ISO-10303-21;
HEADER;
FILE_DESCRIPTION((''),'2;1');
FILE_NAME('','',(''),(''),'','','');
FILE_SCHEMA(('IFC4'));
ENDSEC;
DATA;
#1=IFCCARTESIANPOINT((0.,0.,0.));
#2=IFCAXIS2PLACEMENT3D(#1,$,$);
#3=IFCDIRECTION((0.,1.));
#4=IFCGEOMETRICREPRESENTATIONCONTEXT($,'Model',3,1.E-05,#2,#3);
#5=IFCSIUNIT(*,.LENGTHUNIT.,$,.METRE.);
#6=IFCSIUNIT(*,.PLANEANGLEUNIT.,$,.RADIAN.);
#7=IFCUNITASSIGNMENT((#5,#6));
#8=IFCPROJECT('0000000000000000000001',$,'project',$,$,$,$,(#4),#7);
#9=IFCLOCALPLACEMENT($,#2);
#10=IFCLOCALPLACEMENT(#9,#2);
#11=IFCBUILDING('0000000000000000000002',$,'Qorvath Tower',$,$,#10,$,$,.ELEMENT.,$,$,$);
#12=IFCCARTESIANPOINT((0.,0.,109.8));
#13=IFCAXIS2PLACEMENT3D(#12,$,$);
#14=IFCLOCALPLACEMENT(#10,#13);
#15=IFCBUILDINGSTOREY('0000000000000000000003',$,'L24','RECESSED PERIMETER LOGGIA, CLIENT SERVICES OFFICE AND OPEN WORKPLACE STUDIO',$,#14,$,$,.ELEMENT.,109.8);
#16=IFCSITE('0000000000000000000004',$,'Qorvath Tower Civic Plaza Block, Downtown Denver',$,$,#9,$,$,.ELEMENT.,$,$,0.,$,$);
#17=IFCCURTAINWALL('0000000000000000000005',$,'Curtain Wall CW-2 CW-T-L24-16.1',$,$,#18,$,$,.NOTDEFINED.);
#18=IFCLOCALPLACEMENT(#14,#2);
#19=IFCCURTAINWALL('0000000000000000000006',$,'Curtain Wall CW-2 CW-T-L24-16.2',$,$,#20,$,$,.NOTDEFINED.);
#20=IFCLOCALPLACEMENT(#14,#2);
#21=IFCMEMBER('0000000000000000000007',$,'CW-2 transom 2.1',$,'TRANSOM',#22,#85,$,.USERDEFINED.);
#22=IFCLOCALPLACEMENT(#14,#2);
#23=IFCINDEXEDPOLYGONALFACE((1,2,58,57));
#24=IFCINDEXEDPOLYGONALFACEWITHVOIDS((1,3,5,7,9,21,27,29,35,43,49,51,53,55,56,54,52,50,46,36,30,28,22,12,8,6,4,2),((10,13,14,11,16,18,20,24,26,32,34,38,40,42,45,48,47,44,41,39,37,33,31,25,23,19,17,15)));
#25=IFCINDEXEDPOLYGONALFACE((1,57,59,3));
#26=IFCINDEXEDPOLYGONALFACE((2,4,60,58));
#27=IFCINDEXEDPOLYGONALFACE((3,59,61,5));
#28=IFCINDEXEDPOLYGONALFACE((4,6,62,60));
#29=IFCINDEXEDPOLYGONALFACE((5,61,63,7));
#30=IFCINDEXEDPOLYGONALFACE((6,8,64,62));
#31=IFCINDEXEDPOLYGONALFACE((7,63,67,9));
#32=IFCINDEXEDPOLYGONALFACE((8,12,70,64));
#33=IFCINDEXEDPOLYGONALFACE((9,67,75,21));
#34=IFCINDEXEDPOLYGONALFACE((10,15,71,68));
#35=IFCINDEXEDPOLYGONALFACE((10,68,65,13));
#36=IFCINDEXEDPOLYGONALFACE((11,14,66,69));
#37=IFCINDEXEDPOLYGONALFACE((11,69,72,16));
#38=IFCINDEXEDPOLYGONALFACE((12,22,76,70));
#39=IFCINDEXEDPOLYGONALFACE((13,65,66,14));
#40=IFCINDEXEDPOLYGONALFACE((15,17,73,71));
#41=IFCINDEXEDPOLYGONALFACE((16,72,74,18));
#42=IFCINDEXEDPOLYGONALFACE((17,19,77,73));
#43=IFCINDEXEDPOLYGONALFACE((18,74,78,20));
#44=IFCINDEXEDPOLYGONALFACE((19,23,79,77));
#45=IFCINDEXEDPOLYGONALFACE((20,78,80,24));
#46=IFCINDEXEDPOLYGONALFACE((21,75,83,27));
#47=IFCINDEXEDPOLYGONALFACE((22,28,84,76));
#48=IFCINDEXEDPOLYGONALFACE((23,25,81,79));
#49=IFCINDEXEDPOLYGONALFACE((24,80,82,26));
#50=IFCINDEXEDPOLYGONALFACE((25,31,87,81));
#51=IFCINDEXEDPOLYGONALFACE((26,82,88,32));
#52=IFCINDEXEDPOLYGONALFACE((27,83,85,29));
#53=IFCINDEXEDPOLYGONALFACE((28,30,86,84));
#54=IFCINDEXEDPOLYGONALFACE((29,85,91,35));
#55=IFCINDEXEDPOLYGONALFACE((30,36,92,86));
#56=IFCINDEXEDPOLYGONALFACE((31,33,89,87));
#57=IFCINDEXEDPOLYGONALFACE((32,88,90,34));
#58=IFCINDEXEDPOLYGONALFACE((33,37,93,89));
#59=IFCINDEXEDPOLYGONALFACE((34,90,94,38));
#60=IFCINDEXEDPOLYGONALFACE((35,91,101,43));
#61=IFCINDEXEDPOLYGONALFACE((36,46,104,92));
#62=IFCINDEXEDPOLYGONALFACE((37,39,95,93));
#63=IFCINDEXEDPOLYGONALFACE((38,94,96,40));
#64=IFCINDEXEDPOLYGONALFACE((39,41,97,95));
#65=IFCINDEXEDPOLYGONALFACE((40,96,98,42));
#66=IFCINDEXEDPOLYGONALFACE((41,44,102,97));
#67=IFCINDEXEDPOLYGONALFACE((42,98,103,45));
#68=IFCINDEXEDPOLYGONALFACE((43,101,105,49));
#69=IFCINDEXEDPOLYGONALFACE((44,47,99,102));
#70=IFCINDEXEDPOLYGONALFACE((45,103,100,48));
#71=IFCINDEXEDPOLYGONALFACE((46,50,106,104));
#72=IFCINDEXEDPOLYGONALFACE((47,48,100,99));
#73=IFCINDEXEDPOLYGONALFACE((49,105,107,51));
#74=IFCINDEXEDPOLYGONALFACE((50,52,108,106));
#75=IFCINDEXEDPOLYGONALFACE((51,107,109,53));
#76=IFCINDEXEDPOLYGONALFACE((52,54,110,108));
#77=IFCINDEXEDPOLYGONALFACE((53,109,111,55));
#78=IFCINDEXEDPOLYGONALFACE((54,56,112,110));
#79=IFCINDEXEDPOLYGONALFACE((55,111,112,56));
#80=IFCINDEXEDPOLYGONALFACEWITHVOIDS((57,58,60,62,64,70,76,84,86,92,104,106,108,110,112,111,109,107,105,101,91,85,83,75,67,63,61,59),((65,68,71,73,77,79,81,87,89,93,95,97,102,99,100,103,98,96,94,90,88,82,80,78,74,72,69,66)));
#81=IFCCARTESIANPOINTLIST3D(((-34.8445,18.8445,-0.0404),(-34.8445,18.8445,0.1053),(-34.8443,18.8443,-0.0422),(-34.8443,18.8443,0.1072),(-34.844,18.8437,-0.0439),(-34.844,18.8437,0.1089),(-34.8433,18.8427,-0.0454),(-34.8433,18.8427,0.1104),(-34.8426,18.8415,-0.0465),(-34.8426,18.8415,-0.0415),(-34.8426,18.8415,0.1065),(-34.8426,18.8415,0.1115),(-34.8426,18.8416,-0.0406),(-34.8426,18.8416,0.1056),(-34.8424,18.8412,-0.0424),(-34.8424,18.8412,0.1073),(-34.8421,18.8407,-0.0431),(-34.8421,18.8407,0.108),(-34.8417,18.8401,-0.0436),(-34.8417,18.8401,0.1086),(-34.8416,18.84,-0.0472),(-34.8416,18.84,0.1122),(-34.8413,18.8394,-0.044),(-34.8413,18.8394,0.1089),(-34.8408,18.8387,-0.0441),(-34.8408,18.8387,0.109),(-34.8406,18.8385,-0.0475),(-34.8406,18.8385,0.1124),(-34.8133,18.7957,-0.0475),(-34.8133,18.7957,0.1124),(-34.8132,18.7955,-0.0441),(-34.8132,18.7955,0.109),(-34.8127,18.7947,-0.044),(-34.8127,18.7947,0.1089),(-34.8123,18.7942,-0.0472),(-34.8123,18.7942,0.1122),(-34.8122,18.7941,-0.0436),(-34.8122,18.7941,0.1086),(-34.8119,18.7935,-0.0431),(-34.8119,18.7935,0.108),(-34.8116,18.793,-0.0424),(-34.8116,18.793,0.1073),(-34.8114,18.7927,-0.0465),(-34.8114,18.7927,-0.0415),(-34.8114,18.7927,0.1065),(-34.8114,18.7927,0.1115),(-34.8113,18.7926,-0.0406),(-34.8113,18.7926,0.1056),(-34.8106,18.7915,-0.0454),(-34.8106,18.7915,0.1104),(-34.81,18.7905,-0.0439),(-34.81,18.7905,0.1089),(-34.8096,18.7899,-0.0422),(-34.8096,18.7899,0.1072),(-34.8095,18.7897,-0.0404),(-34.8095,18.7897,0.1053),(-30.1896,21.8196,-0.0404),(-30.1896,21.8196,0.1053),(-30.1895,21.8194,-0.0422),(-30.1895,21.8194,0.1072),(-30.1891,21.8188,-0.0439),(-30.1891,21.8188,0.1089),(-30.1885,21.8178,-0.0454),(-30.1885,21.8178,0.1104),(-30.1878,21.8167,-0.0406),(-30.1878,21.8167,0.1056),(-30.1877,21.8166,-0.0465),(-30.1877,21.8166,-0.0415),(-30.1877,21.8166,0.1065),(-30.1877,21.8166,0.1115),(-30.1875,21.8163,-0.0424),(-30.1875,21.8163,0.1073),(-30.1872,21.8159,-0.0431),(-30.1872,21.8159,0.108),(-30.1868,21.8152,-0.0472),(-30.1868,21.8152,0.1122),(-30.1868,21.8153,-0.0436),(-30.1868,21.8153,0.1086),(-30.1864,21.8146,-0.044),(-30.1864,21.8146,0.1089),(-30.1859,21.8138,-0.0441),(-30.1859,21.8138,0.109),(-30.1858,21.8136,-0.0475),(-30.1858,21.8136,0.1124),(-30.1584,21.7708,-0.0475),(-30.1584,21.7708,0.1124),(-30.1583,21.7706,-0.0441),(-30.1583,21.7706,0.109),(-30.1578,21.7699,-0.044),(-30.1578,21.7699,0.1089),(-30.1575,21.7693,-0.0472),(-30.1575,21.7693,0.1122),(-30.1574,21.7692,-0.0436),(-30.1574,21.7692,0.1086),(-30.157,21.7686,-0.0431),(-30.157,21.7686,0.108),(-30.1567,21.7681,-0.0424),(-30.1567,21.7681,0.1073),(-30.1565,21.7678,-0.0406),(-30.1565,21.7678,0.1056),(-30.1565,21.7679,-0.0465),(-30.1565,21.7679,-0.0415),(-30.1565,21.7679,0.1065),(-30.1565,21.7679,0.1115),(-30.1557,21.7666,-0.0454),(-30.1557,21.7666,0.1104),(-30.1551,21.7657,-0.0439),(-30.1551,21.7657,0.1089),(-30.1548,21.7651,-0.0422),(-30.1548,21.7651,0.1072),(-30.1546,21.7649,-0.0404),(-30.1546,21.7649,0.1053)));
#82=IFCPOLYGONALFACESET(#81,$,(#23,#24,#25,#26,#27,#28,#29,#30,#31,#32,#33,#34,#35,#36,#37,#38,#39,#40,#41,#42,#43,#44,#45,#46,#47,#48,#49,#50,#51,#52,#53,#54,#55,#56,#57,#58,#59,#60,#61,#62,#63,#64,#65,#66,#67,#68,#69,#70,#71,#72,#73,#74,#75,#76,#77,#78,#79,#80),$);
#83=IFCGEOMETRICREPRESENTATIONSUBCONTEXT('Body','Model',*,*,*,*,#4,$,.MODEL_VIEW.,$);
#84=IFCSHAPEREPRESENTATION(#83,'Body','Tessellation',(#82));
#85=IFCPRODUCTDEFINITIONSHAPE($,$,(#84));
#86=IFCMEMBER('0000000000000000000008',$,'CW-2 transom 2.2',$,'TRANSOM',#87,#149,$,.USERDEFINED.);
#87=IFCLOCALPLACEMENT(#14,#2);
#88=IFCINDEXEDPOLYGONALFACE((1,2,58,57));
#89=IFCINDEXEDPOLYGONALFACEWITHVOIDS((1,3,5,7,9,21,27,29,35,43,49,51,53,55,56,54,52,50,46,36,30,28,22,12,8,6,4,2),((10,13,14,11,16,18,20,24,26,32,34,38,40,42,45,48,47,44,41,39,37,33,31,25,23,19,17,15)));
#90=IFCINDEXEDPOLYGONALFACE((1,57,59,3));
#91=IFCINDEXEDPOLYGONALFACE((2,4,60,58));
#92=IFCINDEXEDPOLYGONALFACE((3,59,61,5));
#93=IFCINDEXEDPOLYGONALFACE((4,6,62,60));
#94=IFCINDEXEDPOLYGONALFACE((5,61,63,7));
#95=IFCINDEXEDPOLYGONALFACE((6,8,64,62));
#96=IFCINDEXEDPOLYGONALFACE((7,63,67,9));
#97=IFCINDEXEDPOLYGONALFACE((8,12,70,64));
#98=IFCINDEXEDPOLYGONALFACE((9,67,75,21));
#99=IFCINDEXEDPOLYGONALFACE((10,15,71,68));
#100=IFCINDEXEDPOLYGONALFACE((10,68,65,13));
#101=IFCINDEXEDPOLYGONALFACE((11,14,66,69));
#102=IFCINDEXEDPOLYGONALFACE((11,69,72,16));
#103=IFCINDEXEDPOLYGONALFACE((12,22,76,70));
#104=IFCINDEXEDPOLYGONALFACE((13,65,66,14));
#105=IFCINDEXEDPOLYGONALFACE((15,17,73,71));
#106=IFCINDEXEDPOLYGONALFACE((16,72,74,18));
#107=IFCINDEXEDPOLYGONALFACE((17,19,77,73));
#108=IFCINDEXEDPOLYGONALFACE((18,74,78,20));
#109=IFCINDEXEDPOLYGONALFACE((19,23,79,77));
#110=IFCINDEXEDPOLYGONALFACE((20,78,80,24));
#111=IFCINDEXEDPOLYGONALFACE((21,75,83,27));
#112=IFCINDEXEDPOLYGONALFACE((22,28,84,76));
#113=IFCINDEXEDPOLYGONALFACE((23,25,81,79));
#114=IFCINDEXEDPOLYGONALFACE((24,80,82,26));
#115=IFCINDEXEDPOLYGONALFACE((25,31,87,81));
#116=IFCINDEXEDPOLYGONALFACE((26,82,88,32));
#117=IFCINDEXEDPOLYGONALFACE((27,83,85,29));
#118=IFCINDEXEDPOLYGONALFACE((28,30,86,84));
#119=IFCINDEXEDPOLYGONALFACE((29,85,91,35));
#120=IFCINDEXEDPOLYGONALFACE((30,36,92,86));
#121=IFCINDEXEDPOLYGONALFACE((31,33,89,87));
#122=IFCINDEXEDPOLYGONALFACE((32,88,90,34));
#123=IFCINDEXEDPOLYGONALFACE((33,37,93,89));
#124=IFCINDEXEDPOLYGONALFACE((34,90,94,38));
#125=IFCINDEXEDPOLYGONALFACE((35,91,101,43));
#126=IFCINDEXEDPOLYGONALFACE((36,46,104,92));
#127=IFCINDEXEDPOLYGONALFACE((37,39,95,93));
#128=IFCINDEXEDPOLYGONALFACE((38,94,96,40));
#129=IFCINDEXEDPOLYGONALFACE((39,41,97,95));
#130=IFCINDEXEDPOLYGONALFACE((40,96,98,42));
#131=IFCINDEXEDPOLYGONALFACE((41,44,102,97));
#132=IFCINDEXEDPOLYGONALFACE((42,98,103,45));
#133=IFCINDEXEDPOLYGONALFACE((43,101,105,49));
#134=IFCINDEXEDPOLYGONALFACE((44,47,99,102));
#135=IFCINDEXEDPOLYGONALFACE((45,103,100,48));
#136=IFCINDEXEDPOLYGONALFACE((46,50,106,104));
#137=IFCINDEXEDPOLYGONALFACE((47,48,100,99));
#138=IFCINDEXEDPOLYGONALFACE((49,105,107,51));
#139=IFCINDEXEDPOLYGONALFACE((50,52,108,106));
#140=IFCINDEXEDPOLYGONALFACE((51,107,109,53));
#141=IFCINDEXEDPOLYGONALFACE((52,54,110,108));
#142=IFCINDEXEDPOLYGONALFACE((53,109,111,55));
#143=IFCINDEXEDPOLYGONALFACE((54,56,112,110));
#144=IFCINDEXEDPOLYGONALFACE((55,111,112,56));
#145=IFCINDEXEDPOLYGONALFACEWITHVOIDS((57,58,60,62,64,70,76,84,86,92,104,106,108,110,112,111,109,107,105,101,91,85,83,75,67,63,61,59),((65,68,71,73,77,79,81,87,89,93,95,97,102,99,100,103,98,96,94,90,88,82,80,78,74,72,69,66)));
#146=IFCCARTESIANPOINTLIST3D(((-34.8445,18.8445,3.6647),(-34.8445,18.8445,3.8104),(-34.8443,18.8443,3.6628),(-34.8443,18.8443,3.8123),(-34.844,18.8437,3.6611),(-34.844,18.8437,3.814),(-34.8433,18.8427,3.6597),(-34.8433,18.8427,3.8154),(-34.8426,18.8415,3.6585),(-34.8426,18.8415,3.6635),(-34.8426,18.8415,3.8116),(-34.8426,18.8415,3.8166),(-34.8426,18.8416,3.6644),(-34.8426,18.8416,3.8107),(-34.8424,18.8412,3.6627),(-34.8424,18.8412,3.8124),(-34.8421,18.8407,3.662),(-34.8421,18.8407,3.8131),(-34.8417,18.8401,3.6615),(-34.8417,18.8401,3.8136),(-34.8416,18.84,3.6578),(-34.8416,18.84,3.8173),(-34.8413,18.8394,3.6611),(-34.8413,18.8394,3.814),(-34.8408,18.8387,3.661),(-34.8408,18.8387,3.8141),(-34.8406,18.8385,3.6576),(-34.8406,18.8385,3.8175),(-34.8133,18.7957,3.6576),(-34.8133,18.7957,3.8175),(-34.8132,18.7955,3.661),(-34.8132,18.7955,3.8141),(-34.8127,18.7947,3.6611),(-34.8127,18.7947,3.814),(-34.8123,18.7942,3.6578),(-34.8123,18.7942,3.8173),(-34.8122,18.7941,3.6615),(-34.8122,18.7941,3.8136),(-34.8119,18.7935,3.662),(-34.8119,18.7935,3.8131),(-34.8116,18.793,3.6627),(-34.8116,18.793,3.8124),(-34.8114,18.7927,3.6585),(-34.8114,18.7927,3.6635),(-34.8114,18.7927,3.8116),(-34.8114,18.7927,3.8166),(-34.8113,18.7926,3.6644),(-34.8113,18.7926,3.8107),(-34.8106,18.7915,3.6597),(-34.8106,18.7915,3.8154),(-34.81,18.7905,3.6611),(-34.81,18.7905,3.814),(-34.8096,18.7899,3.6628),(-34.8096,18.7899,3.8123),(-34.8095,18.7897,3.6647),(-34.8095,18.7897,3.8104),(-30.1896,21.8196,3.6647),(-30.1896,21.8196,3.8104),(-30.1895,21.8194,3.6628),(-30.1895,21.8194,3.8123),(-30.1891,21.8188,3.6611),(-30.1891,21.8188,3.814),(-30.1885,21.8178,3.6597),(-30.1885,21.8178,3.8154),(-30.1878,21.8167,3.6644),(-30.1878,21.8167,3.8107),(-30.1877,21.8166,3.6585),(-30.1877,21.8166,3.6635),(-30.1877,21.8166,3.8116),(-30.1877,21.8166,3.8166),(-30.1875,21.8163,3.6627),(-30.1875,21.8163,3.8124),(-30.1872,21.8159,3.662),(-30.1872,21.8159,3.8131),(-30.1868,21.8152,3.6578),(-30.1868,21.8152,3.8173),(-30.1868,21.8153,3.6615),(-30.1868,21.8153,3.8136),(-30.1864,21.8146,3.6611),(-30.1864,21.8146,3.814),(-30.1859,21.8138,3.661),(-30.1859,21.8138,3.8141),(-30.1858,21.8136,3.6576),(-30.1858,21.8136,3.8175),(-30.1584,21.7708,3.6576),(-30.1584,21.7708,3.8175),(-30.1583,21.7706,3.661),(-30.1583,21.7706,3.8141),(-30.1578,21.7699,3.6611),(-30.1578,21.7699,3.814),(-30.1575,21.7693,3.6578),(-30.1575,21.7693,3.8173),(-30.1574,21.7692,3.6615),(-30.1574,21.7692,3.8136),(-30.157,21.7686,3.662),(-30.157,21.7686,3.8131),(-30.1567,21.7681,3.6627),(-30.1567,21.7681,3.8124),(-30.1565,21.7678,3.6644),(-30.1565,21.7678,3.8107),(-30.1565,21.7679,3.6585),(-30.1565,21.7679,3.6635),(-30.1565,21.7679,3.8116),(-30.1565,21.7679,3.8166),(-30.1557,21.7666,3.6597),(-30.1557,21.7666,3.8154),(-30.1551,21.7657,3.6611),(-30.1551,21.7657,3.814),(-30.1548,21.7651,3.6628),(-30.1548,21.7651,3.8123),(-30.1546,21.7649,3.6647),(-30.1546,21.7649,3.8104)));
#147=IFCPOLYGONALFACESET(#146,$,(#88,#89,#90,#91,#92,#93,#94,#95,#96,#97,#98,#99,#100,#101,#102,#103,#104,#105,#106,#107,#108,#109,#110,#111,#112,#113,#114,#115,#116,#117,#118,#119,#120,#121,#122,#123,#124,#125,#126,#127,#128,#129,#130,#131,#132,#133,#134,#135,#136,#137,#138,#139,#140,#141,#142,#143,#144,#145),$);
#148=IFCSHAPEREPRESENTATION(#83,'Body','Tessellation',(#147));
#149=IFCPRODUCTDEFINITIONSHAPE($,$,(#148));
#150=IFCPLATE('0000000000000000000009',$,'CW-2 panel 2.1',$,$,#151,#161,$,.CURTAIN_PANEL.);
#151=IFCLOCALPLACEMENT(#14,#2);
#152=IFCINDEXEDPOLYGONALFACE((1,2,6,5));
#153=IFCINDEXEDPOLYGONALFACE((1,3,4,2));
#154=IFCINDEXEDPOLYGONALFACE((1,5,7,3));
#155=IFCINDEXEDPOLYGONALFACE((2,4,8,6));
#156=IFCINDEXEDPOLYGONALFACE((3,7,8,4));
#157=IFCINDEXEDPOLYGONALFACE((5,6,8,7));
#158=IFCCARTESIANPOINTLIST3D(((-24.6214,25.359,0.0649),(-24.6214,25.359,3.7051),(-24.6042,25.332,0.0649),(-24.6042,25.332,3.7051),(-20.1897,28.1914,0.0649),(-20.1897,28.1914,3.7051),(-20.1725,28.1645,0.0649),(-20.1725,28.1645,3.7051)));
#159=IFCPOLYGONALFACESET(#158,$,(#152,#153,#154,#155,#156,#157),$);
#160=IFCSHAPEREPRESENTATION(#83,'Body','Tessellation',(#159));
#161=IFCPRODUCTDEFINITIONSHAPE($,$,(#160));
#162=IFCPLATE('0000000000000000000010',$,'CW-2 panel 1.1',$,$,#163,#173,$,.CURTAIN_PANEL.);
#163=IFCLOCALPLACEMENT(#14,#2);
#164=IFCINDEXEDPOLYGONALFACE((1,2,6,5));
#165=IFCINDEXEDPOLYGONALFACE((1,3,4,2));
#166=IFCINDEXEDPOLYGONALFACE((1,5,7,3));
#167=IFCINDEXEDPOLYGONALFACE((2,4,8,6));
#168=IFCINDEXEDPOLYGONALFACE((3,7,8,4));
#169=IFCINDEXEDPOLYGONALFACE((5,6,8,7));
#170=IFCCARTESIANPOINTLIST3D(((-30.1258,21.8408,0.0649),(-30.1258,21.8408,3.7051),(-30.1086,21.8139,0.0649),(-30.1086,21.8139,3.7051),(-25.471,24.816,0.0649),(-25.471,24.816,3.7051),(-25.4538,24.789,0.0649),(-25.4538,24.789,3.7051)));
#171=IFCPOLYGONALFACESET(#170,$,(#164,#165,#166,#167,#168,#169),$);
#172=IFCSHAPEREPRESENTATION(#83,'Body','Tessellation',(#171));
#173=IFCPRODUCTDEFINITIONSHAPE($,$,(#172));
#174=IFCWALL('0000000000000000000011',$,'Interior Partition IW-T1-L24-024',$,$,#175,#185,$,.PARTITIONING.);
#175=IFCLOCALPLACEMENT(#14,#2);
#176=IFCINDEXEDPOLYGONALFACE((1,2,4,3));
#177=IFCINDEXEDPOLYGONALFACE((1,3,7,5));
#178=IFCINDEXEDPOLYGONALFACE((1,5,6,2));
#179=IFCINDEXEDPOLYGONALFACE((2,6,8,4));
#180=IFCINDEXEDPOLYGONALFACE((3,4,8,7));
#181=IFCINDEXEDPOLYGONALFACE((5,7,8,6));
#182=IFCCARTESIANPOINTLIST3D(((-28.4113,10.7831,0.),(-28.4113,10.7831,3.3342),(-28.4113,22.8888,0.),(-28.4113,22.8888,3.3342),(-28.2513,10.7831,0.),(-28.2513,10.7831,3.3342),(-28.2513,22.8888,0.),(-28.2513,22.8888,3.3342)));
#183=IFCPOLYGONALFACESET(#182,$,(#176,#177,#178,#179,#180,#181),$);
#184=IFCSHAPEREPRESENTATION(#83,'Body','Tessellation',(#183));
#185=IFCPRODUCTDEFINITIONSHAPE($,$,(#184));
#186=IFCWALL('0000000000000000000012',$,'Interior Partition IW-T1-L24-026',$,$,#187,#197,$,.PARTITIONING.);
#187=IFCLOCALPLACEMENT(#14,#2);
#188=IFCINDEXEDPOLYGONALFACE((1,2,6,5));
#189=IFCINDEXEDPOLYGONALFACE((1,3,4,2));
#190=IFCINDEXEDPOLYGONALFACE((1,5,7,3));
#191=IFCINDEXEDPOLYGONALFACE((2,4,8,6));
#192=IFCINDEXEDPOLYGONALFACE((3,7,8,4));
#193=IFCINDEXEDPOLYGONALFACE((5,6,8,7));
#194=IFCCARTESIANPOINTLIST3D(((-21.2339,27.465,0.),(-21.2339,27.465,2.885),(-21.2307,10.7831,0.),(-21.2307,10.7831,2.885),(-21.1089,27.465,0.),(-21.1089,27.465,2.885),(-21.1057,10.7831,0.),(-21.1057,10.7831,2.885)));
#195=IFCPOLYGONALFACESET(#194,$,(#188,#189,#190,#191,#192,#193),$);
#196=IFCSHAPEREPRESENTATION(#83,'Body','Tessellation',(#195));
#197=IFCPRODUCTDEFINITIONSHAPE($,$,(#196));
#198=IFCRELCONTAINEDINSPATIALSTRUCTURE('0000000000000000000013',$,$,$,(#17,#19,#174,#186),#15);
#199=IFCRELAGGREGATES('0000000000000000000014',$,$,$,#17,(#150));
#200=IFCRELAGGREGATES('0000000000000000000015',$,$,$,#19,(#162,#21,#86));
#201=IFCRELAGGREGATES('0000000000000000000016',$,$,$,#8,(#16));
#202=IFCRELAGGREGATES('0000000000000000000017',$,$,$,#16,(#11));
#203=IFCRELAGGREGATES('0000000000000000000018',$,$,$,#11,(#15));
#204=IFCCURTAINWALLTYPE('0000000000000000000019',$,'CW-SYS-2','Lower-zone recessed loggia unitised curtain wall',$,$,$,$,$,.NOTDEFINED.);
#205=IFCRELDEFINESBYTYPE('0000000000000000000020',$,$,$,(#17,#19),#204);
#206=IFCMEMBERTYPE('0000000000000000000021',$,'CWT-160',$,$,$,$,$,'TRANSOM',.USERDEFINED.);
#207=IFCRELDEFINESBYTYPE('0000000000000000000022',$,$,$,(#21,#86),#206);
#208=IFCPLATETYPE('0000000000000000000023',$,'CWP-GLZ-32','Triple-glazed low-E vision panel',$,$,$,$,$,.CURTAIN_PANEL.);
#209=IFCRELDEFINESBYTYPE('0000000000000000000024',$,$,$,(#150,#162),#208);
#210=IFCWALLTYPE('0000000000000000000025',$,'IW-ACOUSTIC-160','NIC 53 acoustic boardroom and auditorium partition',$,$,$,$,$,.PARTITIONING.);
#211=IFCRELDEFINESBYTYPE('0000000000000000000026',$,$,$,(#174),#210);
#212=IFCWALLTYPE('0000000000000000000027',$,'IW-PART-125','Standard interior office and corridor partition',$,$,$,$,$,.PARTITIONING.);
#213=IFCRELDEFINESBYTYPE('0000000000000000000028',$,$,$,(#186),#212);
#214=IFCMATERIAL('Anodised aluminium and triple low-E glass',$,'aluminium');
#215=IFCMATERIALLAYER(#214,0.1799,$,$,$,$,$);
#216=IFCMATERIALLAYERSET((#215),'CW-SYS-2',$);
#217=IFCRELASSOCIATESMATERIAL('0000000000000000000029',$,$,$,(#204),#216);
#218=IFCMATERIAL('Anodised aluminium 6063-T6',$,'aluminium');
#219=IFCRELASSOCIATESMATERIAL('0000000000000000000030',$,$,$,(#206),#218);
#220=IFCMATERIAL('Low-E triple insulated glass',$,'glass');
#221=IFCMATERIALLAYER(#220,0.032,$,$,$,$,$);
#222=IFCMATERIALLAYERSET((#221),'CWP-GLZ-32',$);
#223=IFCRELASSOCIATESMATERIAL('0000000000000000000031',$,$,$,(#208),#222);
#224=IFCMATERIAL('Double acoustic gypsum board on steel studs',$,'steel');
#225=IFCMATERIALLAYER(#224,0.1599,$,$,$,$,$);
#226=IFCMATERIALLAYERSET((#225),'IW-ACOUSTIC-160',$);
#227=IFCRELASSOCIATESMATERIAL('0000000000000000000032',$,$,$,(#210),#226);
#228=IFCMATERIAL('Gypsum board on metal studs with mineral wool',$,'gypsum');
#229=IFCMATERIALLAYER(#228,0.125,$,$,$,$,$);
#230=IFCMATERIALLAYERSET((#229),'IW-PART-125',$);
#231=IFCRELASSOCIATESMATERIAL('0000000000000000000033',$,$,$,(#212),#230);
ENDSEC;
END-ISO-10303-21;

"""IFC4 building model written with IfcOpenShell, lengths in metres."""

from ifc_helpers import new_model, si_unit, direction, frame, frame_2d, origin, origin_2d, place, context, subcontext, project, spatial, rectangle, hollow_rectangle, extrude, material, layer, layer_set, material_profile, profile_set, type_object, element, aggregate, save


model = new_model("IFC4")

# Units and contexts
model_context = context("Model", 3, precision=1e-05, world=origin(), true_north=direction((0.0, 1.0)))
body_context = subcontext(model_context, "Body", "Model", "MODEL_VIEW")
ifc_project = project(units=[si_unit("LENGTHUNIT", "METRE"), si_unit("PLANEANGLEUNIT", "RADIAN")], contexts=[model_context])

# Site, building, storey
site_placement = place(None, origin())
site = spatial("IfcSite", under=ifc_project, at=site_placement, Name="Qorvath Tower Civic Plaza Block, Downtown Denver", CompositionType="ELEMENT", RefElevation=0.0)
building_placement = place(site_placement, origin())
building = spatial("IfcBuilding", under=site, at=building_placement, Name="Qorvath Tower", CompositionType="ELEMENT")
storey_placement = place(building_placement, frame((0.0, 0.0, 109.8)))
storey = spatial("IfcBuildingStorey", under=building, at=storey_placement, Name="L24", Description="RECESSED PERIMETER LOGGIA, CLIENT SERVICES OFFICE AND OPEN WORKPLACE STUDIO", CompositionType="ELEMENT", Elevation=109.8)

# Curtain walls
ifc_material_1 = material(Name="Anodised aluminium and triple low-E glass", Category="aluminium")
ifc_layer_1 = layer(ifc_material_1, 0.1799)
ifc_layer_set_1 = layer_set([ifc_layer_1], Name="CW-SYS-2")
curtain_wall_type = type_object("IfcCurtainWallType", Name="CW-SYS-2", Description="Lower-zone recessed loggia unitised curtain wall", PredefinedType="NOTDEFINED", material=ifc_layer_set_1)
curtain_wall_1_placement = place(storey_placement, origin())
curtain_wall_1 = element("IfcCurtainWall", 1, at=curtain_wall_1_placement, inside=storey, type_object=curtain_wall_type, Name="Curtain Wall CW-2 CW-T-L24-16.1", PredefinedType="NOTDEFINED")
curtain_wall_2_placement = place(storey_placement, origin())
curtain_wall_2 = element("IfcCurtainWall", 2, at=curtain_wall_2_placement, inside=storey, type_object=curtain_wall_type, Name="Curtain Wall CW-2 CW-T-L24-16.2", PredefinedType="NOTDEFINED")

# Members
ifc_material_2 = material(Name="Anodised aluminium 6063-T6", Category="aluminium")
ifc_material_profile_1 = material_profile(ifc_material_2, hollow_rectangle(XDim=0.0649, YDim=0.1599, WallThickness=0.0034, InnerFilletRadius=0.0034, OuterFilletRadius=0.0071, at=origin_2d()), Name="CWT 160x65")
ifc_profile_set_1 = profile_set([ifc_material_profile_1], Name="Anodised aluminium 6063-T6")
member_type_1 = type_object("IfcMemberType", Name="CWT-160", ElementType="TRANSOM", PredefinedType="USERDEFINED", material=ifc_profile_set_1)
member_1_placement = place(storey_placement, frame((-30.1721, 21.7922, 0.0325), z_axis=(-0.842597, -0.538544, 0.0), x_axis=(0.538544, -0.842597, 0.0)))
member_1 = element("IfcMember", 3, at=member_1_placement, type_object=member_type_1, Name="CW-2 transom 2.1", ObjectType="TRANSOM", PredefinedType="USERDEFINED", context=body_context, shape_type="SweptSolid", body=[
    extrude(hollow_rectangle(XDim=0.0649, YDim=0.1599, WallThickness=0.0034, InnerFilletRadius=0.0034, OuterFilletRadius=0.0071, at=origin_2d()), origin(), (0.0, 0.0, 1.0), 5.5244),
])
member_2_placement = place(storey_placement, frame((-30.1721, 21.7922, 3.7375), z_axis=(-0.842597, -0.538544, 0.0), x_axis=(0.538544, -0.842597, 0.0)))
member_2 = element("IfcMember", 4, at=member_2_placement, type_object=member_type_1, Name="CW-2 transom 2.2", ObjectType="TRANSOM", PredefinedType="USERDEFINED", context=body_context, shape_type="SweptSolid", body=[
    extrude(hollow_rectangle(XDim=0.0649, YDim=0.1599, WallThickness=0.0034, InnerFilletRadius=0.0034, OuterFilletRadius=0.0071, at=origin_2d()), origin(), (0.0, 0.0, 1.0), 5.5244),
])

# Plates
ifc_material_3 = material(Name="Low-E triple insulated glass", Category="glass")
ifc_layer_2 = layer(ifc_material_3, 0.032)
ifc_layer_set_2 = layer_set([ifc_layer_2], Name="CWP-GLZ-32")
plate_type = type_object("IfcPlateType", Name="CWP-GLZ-32", Description="Triple-glazed low-E vision panel", PredefinedType="CURTAIN_PANEL", material=ifc_layer_set_2)
plate_1_placement = place(storey_placement, frame((-22.397, 26.7617, 0.0649), z_axis=(0.0, 0.0, 1.0), x_axis=(-0.842604, -0.538533, 0.0)))
plate_1 = element("IfcPlate", 5, at=plate_1_placement, type_object=plate_type, Name="CW-2 panel 2.1", PredefinedType="CURTAIN_PANEL", context=body_context, shape_type="SweptSolid", body=[
    extrude(rectangle(XDim=5.2595, YDim=0.032, at=origin_2d()), origin(), (0.0, 0.0, 1.0), 3.6401),
])
aggregate(curtain_wall_1, [plate_1])
plate_2_placement = place(storey_placement, frame((-27.7898, 23.3149, 0.0649), z_axis=(0.0, 0.0, 1.0), x_axis=(-0.842598, -0.538543, 0.0)))
plate_2 = element("IfcPlate", 6, at=plate_2_placement, type_object=plate_type, Name="CW-2 panel 1.1", PredefinedType="CURTAIN_PANEL", context=body_context, shape_type="SweptSolid", body=[
    extrude(rectangle(XDim=5.5244, YDim=0.032, at=origin_2d()), origin(), (0.0, 0.0, 1.0), 3.6401),
])
aggregate(curtain_wall_2, [plate_2, member_1, member_2])

# Wall
ifc_material_4 = material(Name="Double acoustic gypsum board on steel studs", Category="steel")
ifc_layer_3 = layer(ifc_material_4, 0.1599)
ifc_layer_set_3 = layer_set([ifc_layer_3], Name="IW-ACOUSTIC-160")
wall_type_1 = type_object("IfcWallType", Name="IW-ACOUSTIC-160", Description="NIC 53 acoustic boardroom and auditorium partition", PredefinedType="PARTITIONING", material=ifc_layer_set_3)
wall_1_placement = place(storey_placement, frame((-28.3313, 10.7832, 0.0), z_axis=(0.0, 0.0, 1.0), x_axis=(0.0, 1.0, 0.0)))
element("IfcWall", 7, at=wall_1_placement, inside=storey, type_object=wall_type_1, Name="Interior Partition IW-T1-L24-024", PredefinedType="PARTITIONING", context=body_context, shape_type="SweptSolid", body=[
    extrude(rectangle(XDim=12.1057, YDim=0.1599, at=frame_2d((6.0527, 0.0))), origin(), (0.0, 0.0, 1.0), 3.3342),
])

# Wall
ifc_material_5 = material(Name="Gypsum board on metal studs with mineral wool", Category="gypsum")
ifc_layer_4 = layer(ifc_material_5, 0.125)
ifc_layer_set_4 = layer_set([ifc_layer_4], Name="IW-PART-125")
wall_type_2 = type_object("IfcWallType", Name="IW-PART-125", Description="Standard interior office and corridor partition", PredefinedType="PARTITIONING", material=ifc_layer_set_4)
wall_2_placement = place(storey_placement, frame((-21.1682, 10.7832, 0.0), z_axis=(0.0, 0.0, 1.0), x_axis=(-0.00019, 1.0, 0.0)))
element("IfcWall", 8, at=wall_2_placement, inside=storey, type_object=wall_type_2, Name="Interior Partition IW-T1-L24-026", PredefinedType="PARTITIONING", context=body_context, shape_type="SweptSolid", body=[
    extrude(rectangle(XDim=16.6819, YDim=0.125, at=frame_2d((8.3408, 0.0))), origin(), (0.0, 0.0, 1.0), 2.885),
])

save(model, "model.ifc")
